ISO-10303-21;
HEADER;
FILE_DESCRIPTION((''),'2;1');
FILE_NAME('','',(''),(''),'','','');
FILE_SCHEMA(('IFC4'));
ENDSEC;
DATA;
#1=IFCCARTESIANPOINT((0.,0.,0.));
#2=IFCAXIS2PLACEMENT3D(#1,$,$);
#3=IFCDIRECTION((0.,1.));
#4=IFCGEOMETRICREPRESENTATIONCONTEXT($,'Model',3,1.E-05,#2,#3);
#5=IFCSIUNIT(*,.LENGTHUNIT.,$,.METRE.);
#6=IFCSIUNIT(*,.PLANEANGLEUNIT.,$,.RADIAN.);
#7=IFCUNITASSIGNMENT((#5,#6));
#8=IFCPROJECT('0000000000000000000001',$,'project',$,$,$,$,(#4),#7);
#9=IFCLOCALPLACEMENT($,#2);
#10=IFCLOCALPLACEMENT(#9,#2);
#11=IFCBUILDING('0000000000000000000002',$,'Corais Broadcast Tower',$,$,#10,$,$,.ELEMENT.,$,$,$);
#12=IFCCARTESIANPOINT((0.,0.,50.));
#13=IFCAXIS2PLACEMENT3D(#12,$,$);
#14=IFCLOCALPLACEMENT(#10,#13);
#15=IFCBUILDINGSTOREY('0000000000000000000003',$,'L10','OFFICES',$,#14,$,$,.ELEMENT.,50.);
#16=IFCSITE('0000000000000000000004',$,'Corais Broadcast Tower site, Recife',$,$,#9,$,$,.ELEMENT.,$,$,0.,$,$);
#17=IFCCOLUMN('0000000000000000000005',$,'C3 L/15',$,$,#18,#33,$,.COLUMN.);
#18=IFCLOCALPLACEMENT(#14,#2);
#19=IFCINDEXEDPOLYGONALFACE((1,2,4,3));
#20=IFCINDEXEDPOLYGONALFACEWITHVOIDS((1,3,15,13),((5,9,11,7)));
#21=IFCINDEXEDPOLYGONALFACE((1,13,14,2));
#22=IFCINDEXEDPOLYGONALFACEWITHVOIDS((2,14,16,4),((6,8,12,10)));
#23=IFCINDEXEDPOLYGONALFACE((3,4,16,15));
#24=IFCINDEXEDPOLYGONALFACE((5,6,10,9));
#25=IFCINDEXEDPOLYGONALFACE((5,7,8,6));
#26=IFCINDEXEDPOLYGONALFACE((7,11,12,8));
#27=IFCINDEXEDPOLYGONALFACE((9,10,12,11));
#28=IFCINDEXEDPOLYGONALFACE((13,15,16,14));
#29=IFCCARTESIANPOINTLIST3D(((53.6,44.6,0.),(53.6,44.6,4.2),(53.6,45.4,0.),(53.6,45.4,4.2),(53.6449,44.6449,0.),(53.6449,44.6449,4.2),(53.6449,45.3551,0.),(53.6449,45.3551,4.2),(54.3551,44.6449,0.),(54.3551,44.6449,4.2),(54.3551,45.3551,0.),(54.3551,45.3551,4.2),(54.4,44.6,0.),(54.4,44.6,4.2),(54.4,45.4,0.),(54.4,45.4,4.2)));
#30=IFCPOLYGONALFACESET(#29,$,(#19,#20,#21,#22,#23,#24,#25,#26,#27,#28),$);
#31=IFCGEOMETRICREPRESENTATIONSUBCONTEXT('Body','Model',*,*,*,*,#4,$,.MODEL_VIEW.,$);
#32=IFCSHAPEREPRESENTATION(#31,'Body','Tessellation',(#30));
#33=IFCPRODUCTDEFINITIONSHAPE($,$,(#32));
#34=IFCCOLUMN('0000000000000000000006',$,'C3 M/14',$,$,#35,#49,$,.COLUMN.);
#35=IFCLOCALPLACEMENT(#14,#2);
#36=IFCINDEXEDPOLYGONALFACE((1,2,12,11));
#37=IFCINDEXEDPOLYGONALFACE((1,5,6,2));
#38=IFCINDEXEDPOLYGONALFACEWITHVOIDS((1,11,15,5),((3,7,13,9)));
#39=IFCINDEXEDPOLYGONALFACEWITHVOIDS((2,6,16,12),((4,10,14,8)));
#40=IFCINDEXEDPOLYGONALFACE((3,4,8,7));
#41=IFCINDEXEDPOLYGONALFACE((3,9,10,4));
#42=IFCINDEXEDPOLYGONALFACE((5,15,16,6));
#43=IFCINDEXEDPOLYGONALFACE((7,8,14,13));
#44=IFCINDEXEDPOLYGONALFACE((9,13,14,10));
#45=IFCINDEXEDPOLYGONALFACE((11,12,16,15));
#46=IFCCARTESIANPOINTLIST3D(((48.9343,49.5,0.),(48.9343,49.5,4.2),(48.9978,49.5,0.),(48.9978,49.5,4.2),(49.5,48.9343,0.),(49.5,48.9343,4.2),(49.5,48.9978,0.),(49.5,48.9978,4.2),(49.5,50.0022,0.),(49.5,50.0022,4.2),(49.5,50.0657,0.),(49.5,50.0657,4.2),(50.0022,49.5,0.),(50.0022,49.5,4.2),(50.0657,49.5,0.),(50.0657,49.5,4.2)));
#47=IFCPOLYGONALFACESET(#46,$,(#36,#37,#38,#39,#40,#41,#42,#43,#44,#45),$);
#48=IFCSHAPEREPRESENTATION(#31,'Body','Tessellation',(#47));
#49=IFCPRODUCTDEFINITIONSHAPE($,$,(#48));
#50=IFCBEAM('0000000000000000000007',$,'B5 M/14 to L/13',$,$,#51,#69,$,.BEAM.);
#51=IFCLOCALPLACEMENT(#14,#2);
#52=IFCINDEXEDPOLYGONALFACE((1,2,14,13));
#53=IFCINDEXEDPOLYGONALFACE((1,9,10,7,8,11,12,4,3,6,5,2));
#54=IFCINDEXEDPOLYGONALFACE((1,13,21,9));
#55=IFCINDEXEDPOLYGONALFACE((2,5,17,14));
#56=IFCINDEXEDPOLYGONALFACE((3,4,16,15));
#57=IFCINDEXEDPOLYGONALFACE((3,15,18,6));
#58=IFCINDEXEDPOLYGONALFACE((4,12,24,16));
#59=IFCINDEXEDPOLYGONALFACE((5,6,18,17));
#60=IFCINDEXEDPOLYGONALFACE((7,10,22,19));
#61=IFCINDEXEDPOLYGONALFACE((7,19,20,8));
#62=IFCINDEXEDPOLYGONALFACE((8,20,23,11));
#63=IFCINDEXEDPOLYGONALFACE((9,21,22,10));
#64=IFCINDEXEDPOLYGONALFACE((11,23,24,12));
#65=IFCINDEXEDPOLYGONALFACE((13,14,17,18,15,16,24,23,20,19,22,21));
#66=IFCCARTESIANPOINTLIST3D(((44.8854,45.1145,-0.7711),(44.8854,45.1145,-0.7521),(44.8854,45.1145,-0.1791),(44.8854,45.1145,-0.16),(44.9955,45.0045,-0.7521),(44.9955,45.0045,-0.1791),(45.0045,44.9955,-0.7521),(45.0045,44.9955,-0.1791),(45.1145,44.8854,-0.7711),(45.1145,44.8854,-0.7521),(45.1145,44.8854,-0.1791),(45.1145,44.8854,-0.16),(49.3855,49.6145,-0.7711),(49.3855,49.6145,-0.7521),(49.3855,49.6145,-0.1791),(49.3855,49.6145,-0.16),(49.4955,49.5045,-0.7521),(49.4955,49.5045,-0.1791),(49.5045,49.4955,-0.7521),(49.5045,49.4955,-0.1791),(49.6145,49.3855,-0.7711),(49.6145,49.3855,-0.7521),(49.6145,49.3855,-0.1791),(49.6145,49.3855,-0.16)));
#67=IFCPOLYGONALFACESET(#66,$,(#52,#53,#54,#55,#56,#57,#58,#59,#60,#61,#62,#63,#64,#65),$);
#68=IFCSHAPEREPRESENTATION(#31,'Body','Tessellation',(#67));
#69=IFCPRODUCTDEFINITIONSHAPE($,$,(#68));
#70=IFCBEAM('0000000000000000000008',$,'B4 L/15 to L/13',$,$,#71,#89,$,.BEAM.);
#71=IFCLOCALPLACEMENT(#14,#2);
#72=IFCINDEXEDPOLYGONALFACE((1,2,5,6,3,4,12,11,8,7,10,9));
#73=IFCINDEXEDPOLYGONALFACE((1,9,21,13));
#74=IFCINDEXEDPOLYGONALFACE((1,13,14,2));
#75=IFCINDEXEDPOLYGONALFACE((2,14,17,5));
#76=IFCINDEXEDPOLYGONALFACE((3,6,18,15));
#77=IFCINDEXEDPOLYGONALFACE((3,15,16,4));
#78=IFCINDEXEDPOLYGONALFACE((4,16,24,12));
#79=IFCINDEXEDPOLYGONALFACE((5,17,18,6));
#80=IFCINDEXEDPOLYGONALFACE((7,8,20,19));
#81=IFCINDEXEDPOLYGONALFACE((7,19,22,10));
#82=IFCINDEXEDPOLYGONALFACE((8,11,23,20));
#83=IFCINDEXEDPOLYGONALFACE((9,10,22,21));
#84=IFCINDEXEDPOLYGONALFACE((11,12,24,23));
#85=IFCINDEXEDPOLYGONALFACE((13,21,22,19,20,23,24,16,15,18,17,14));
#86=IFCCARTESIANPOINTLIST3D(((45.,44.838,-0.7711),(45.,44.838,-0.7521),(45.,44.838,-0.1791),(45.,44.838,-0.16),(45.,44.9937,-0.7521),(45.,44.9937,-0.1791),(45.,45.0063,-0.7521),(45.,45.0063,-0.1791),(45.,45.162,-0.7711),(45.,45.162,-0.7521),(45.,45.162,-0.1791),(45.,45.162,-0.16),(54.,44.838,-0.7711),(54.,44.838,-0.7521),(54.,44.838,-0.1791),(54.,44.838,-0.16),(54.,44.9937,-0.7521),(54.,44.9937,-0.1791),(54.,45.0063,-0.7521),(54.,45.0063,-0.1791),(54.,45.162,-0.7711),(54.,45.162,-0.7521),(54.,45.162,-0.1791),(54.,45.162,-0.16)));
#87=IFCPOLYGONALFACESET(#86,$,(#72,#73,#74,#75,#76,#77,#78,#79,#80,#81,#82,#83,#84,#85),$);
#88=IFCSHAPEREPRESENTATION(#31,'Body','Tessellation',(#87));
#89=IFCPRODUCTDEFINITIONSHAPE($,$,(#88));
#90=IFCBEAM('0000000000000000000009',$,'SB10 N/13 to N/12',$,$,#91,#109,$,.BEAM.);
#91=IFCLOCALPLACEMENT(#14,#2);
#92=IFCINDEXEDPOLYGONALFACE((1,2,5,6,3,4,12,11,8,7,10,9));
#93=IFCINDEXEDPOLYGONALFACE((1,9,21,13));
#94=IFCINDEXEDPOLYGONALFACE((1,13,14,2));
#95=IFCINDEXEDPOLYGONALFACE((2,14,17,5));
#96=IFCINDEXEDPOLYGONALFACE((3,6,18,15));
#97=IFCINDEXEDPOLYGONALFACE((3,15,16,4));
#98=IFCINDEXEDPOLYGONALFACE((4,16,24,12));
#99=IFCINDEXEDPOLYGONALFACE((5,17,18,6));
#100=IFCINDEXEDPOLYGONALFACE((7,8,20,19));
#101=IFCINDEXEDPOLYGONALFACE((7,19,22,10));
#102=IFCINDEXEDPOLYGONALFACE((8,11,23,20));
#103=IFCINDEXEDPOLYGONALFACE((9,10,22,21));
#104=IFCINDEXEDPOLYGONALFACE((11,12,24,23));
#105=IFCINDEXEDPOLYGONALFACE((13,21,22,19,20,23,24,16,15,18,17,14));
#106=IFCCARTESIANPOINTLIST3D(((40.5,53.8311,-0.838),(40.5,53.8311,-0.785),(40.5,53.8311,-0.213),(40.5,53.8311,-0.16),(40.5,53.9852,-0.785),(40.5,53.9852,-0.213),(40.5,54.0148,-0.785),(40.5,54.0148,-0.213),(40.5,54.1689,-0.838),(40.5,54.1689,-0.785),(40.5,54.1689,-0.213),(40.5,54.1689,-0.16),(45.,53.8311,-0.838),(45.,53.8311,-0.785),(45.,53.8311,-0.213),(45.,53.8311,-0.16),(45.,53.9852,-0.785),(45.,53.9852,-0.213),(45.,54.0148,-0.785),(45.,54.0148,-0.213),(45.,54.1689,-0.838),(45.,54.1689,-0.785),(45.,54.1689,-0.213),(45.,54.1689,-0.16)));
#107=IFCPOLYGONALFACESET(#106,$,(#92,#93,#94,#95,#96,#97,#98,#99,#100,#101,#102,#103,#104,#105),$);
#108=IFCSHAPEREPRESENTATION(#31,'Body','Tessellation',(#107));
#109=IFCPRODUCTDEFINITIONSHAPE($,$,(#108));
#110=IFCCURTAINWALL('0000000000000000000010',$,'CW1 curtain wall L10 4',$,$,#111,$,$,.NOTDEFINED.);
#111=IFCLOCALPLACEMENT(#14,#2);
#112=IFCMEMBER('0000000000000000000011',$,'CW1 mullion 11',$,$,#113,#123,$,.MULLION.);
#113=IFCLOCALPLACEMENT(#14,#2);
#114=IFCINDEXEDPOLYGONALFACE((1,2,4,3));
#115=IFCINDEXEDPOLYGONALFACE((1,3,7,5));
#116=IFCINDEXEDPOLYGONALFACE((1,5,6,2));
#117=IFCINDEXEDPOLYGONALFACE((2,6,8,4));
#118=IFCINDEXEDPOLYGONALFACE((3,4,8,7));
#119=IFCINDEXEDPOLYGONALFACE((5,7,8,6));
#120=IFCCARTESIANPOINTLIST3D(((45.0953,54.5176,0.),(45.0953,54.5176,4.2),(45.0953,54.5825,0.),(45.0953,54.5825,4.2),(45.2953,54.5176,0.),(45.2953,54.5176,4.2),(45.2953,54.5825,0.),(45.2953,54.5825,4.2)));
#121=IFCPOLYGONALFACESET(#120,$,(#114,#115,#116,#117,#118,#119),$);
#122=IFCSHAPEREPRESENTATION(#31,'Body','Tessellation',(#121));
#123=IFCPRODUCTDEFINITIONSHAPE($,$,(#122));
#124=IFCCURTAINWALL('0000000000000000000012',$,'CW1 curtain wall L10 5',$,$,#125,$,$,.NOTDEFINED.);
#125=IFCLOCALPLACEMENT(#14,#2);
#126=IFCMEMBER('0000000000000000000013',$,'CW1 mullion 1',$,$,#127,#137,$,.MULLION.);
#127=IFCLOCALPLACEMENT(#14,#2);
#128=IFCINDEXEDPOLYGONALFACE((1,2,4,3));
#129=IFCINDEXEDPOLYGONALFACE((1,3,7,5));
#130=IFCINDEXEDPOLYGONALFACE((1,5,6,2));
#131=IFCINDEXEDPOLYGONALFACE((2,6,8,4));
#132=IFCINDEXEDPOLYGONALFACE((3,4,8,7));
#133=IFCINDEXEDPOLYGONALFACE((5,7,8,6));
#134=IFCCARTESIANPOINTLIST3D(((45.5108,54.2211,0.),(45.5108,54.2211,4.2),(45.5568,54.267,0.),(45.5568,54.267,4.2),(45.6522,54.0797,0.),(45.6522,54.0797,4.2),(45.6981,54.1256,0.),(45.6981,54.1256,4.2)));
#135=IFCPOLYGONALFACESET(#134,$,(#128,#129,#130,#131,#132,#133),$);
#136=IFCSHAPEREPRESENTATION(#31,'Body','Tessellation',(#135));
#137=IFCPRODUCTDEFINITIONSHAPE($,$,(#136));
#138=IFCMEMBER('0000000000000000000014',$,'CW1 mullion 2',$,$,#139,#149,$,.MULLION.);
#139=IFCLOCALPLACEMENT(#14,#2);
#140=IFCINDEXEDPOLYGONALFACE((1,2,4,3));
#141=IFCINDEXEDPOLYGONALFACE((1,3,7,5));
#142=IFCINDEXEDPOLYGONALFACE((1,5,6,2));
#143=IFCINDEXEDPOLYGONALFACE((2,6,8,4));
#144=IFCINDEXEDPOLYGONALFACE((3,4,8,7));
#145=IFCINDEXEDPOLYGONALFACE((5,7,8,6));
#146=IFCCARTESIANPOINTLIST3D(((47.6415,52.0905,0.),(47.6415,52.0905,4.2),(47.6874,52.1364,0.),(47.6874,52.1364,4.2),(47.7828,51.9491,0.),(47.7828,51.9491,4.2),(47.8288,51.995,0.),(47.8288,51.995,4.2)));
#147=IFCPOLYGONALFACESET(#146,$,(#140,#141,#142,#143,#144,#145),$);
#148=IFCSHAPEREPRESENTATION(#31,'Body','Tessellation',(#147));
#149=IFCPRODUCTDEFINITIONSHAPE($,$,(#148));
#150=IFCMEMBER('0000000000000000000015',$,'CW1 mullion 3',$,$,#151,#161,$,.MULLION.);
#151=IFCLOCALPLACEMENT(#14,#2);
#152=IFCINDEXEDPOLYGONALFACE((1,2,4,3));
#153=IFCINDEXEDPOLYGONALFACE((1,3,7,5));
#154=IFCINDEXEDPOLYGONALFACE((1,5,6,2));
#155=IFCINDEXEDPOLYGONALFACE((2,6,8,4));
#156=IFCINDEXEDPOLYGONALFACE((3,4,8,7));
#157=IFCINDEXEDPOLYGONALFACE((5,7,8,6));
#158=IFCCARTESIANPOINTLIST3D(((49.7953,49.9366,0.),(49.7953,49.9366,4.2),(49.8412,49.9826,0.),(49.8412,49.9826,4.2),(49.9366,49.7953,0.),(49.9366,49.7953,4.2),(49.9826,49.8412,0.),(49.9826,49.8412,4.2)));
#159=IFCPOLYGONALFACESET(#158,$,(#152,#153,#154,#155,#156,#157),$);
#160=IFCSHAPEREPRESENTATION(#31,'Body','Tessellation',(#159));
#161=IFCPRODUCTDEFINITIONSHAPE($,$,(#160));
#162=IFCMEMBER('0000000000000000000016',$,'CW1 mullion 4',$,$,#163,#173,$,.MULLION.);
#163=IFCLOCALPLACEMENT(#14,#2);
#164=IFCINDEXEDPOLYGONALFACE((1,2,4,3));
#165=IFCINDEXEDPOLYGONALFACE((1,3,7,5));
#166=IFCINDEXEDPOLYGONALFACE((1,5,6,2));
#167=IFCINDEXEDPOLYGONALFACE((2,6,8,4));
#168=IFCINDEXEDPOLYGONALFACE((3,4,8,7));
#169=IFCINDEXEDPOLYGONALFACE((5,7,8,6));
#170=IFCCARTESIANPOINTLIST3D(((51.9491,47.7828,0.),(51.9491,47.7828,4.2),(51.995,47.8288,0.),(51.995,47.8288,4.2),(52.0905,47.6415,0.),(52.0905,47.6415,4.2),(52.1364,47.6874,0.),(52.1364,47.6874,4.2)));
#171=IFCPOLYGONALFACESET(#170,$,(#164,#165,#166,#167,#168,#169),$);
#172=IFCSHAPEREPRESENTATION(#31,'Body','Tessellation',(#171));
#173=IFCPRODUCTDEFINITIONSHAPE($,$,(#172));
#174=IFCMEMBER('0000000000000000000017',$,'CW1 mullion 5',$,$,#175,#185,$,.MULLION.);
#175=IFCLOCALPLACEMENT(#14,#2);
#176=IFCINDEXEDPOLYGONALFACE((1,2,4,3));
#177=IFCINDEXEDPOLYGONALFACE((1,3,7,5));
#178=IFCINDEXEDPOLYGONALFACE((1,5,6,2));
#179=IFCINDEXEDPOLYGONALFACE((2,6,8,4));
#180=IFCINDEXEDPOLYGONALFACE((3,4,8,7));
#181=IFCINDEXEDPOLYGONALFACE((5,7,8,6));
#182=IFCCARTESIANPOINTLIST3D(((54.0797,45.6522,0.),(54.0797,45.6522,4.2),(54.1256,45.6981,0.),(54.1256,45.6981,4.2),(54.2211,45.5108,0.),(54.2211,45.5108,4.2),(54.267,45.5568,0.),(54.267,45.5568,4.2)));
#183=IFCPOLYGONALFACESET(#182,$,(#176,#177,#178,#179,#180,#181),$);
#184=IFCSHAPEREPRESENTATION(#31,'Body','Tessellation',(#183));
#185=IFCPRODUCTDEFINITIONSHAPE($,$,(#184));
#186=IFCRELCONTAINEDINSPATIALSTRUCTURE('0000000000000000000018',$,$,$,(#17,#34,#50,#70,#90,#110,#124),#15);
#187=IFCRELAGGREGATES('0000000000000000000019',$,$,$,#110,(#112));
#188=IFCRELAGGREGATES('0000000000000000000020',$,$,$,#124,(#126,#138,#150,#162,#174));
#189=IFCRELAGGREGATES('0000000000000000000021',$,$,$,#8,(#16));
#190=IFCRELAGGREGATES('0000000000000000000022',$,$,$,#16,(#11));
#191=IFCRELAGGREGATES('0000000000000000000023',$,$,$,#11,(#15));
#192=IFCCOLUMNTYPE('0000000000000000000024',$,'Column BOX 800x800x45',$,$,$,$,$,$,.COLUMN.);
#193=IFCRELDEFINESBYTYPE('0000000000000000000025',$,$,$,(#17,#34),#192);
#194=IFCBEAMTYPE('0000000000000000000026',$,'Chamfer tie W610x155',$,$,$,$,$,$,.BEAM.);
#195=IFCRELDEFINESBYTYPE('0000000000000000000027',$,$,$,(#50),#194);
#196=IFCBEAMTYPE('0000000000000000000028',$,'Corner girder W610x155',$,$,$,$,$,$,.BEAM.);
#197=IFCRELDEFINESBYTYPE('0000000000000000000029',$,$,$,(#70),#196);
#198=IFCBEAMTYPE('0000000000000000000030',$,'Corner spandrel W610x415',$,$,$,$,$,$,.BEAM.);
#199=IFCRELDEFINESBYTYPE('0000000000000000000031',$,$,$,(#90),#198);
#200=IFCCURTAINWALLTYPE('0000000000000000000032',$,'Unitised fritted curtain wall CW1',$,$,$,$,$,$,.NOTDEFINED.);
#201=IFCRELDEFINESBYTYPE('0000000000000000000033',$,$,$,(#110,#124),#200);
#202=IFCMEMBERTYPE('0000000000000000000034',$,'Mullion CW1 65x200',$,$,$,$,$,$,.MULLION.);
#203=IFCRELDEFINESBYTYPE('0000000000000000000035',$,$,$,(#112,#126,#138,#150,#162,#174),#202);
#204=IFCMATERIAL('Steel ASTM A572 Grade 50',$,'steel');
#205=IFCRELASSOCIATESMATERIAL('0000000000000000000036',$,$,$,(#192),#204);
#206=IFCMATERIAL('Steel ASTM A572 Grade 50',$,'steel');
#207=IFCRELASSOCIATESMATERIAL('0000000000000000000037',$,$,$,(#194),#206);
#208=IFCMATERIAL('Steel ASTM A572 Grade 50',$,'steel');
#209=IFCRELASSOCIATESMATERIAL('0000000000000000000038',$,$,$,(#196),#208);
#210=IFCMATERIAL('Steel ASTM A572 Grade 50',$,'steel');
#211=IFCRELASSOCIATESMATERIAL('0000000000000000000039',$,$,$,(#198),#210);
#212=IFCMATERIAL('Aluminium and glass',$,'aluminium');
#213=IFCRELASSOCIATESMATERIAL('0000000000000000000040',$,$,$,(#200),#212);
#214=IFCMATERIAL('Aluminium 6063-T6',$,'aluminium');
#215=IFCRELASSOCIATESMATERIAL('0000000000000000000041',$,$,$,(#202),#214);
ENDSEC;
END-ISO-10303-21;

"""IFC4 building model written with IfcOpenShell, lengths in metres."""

from ifc_helpers import new_model, si_unit, direction, frame, origin, origin_2d, place, context, subcontext, project, spatial, rectangle, hollow_rectangle, i_section, extrude, material, material_profile, profile_set, type_object, element, aggregate, save


model = new_model("IFC4")

# Units and contexts
model_context = context("Model", 3, precision=1e-05, world=origin(), true_north=direction((0.0, 1.0)))
body_context = subcontext(model_context, "Body", "Model", "MODEL_VIEW")
ifc_project = project(units=[si_unit("LENGTHUNIT", "METRE"), si_unit("PLANEANGLEUNIT", "RADIAN")], contexts=[model_context])

# Site, building, storey
site_placement = place(None, origin())
site = spatial("IfcSite", under=ifc_project, at=site_placement, Name="Corais Broadcast Tower site, Recife", CompositionType="ELEMENT", RefElevation=0.0)
building_placement = place(site_placement, origin())
building = spatial("IfcBuilding", under=site, at=building_placement, Name="Corais Broadcast Tower", CompositionType="ELEMENT")
storey_placement = place(building_placement, frame((0.0, 0.0, 50.0)))
storey = spatial("IfcBuildingStorey", under=building, at=storey_placement, Name="L10", Description="OFFICES", CompositionType="ELEMENT", Elevation=50.0)

# Columns
ifc_material_1 = material(Name="Steel ASTM A572 Grade 50", Category="steel")
ifc_material_profile_1 = material_profile(ifc_material_1, hollow_rectangle(XDim=0.8, YDim=0.8, WallThickness=0.0449, at=origin_2d()), Name="BOX 800x800x45")
ifc_profile_set_1 = profile_set([ifc_material_profile_1], Name="Steel ASTM A572 Grade 50")
column_type = type_object("IfcColumnType", Name="Column BOX 800x800x45", PredefinedType="COLUMN", material=ifc_profile_set_1)
for number, where, z_axis, x_axis, name in (
    (1, (54.0, 45.0, 0.0), (0.0, 0.0, 1.0), (1.0, 0.0, 0.0), "C3 L/15"),
    (2, (49.5, 49.5, 0.0), (0.0, 0.0, 1.0), (0.707107, 0.707107, 0.0), "C3 M/14"),
):
    element("IfcColumn", number, at=place(storey_placement, frame(where, z_axis=z_axis, x_axis=x_axis)), inside=storey, type_object=column_type, Name=name, PredefinedType="COLUMN", context=body_context, shape_type="SweptSolid", body=[
        extrude(hollow_rectangle(XDim=0.8, YDim=0.8, WallThickness=0.0449, at=origin_2d()), origin(), (0.0, 0.0, 1.0), 4.2),
    ])

# Beams
ifc_material_2 = material(Name="Steel ASTM A572 Grade 50", Category="steel")
ifc_material_profile_2 = material_profile(ifc_material_2, i_section(OverallWidth=0.324, OverallDepth=0.6111, WebThickness=0.0127, FlangeThickness=0.019, at=origin_2d()), Name="W610x155")
ifc_profile_set_2 = profile_set([ifc_material_profile_2], Name="Steel ASTM A572 Grade 50")
beam_type_1 = type_object("IfcBeamType", Name="Chamfer tie W610x155", PredefinedType="BEAM", material=ifc_profile_set_2)
beam_1_placement = place(storey_placement, frame((49.5, 49.5, -0.4656), z_axis=(-0.707107, -0.707107, 0.0), x_axis=(0.707107, -0.707107, 0.0)))
element("IfcBeam", 3, at=beam_1_placement, inside=storey, type_object=beam_type_1, Name="B5 M/14 to L/13", PredefinedType="BEAM", context=body_context, shape_type="SweptSolid", body=[
    extrude(i_section(OverallWidth=0.324, OverallDepth=0.6111, WebThickness=0.0127, FlangeThickness=0.019, at=origin_2d()), origin(), (0.0, 0.0, 1.0), 6.364),
])
ifc_material_3 = material(Name="Steel ASTM A572 Grade 50", Category="steel")
ifc_material_profile_3 = material_profile(ifc_material_3, i_section(OverallWidth=0.324, OverallDepth=0.6111, WebThickness=0.0127, FlangeThickness=0.019, at=origin_2d()), Name="W610x155")
ifc_profile_set_3 = profile_set([ifc_material_profile_3], Name="Steel ASTM A572 Grade 50")
beam_type_2 = type_object("IfcBeamType", Name="Corner girder W610x155", PredefinedType="BEAM", material=ifc_profile_set_3)
beam_2_placement = place(storey_placement, frame((54.0, 45.0, -0.4656), z_axis=(-1.0, 0.0, 0.0), x_axis=(0.0, -1.0, 0.0)))
element("IfcBeam", 4, at=beam_2_placement, inside=storey, type_object=beam_type_2, Name="B4 L/15 to L/13", PredefinedType="BEAM", context=body_context, shape_type="SweptSolid", body=[
    extrude(i_section(OverallWidth=0.324, OverallDepth=0.6111, WebThickness=0.0127, FlangeThickness=0.019, at=origin_2d()), origin(), (0.0, 0.0, 1.0), 9.0),
])
ifc_material_4 = material(Name="Steel ASTM A572 Grade 50", Category="steel")
ifc_material_profile_4 = material_profile(ifc_material_4, i_section(OverallWidth=0.3379, OverallDepth=0.678, WebThickness=0.0295, FlangeThickness=0.053, at=origin_2d()), Name="W610x415")
ifc_profile_set_4 = profile_set([ifc_material_profile_4], Name="Steel ASTM A572 Grade 50")
beam_type_3 = type_object("IfcBeamType", Name="Corner spandrel W610x415", PredefinedType="BEAM", material=ifc_profile_set_4)
beam_3_placement = place(storey_placement, frame((45.0, 54.0, -0.499), z_axis=(-1.0, 0.0, 0.0), x_axis=(0.0, -1.0, 0.0)))
element("IfcBeam", 5, at=beam_3_placement, inside=storey, type_object=beam_type_3, Name="SB10 N/13 to N/12", PredefinedType="BEAM", context=body_context, shape_type="SweptSolid", body=[
    extrude(i_section(OverallWidth=0.3379, OverallDepth=0.678, WebThickness=0.0295, FlangeThickness=0.053, at=origin_2d()), origin(), (0.0, 0.0, 1.0), 4.5),
])

# Curtain wall, member
ifc_material_5 = material(Name="Aluminium and glass", Category="aluminium")
curtain_wall_type = type_object("IfcCurtainWallType", Name="Unitised fritted curtain wall CW1", PredefinedType="NOTDEFINED", material=ifc_material_5)
curtain_wall_1_placement = place(storey_placement, origin())
curtain_wall_1 = element("IfcCurtainWall", 6, at=curtain_wall_1_placement, inside=storey, type_object=curtain_wall_type, Name="CW1 curtain wall L10 4", PredefinedType="NOTDEFINED")
ifc_material_6 = material(Name="Aluminium 6063-T6", Category="aluminium")
ifc_material_profile_5 = material_profile(ifc_material_6, rectangle(XDim=0.0649, YDim=0.2, at=origin_2d()), Name="Mullion CW1 65x200")
ifc_profile_set_5 = profile_set([ifc_material_profile_5], Name="Aluminium 6063-T6")
member_type_1 = type_object("IfcMemberType", Name="Mullion CW1 65x200", PredefinedType="MULLION", material=ifc_profile_set_5)
member_1_placement = place(storey_placement, frame((45.1953, 54.55, 0.0), z_axis=(0.0, 0.0, 1.0), x_axis=(0.0, 1.0, 0.0)))
member_1 = element("IfcMember", 7, at=member_1_placement, type_object=member_type_1, Name="CW1 mullion 11", PredefinedType="MULLION", context=body_context, shape_type="SweptSolid", body=[
    extrude(rectangle(XDim=0.0649, YDim=0.2, at=origin_2d()), origin(), (0.0, 0.0, 1.0), 4.2),
])
aggregate(curtain_wall_1, [member_1])

# Curtain wall, members
curtain_wall_2_placement = place(storey_placement, origin())
curtain_wall_2 = element("IfcCurtainWall", 8, at=curtain_wall_2_placement, inside=storey, type_object=curtain_wall_type, Name="CW1 curtain wall L10 5", PredefinedType="NOTDEFINED")
member_2_placement = place(storey_placement, frame((45.6045, 54.1733, 0.0), z_axis=(0.0, 0.0, 1.0), x_axis=(0.707107, 0.707107, 0.0)))
member_2 = element("IfcMember", 9, at=member_2_placement, type_object=member_type_1, Name="CW1 mullion 1", PredefinedType="MULLION", context=body_context, shape_type="SweptSolid", body=[
    extrude(rectangle(XDim=0.0649, YDim=0.2, at=origin_2d()), origin(), (0.0, 0.0, 1.0), 4.2),
])
member_3_placement = place(storey_placement, frame((47.7351, 52.0427, 0.0), z_axis=(0.0, 0.0, 1.0), x_axis=(0.707107, 0.707107, 0.0)))
member_3 = element("IfcMember", 10, at=member_3_placement, type_object=member_type_1, Name="CW1 mullion 2", PredefinedType="MULLION", context=body_context, shape_type="SweptSolid", body=[
    extrude(rectangle(XDim=0.0649, YDim=0.2, at=origin_2d()), origin(), (0.0, 0.0, 1.0), 4.2),
])
member_4_placement = place(storey_placement, frame((49.8889, 49.8889, 0.0), z_axis=(0.0, 0.0, 1.0), x_axis=(0.707107, 0.707107, 0.0)))
member_4 = element("IfcMember", 11, at=member_4_placement, type_object=member_type_1, Name="CW1 mullion 3", PredefinedType="MULLION", context=body_context, shape_type="SweptSolid", body=[
    extrude(rectangle(XDim=0.0649, YDim=0.2, at=origin_2d()), origin(), (0.0, 0.0, 1.0), 4.2),
])
member_5_placement = place(storey_placement, frame((52.0427, 47.7351, 0.0), z_axis=(0.0, 0.0, 1.0), x_axis=(0.707107, 0.707107, 0.0)))
member_5 = element("IfcMember", 12, at=member_5_placement, type_object=member_type_1, Name="CW1 mullion 4", PredefinedType="MULLION", context=body_context, shape_type="SweptSolid", body=[
    extrude(rectangle(XDim=0.0649, YDim=0.2, at=origin_2d()), origin(), (0.0, 0.0, 1.0), 4.2),
])
member_6_placement = place(storey_placement, frame((54.1733, 45.6045, 0.0), z_axis=(0.0, 0.0, 1.0), x_axis=(0.707107, 0.707107, 0.0)))
member_6 = element("IfcMember", 13, at=member_6_placement, type_object=member_type_1, Name="CW1 mullion 5", PredefinedType="MULLION", context=body_context, shape_type="SweptSolid", body=[
    extrude(rectangle(XDim=0.0649, YDim=0.2, at=origin_2d()), origin(), (0.0, 0.0, 1.0), 4.2),
])

aggregate(curtain_wall_2, [member_2, member_3, member_4, member_5, member_6])

save(model, "model.ifc")
